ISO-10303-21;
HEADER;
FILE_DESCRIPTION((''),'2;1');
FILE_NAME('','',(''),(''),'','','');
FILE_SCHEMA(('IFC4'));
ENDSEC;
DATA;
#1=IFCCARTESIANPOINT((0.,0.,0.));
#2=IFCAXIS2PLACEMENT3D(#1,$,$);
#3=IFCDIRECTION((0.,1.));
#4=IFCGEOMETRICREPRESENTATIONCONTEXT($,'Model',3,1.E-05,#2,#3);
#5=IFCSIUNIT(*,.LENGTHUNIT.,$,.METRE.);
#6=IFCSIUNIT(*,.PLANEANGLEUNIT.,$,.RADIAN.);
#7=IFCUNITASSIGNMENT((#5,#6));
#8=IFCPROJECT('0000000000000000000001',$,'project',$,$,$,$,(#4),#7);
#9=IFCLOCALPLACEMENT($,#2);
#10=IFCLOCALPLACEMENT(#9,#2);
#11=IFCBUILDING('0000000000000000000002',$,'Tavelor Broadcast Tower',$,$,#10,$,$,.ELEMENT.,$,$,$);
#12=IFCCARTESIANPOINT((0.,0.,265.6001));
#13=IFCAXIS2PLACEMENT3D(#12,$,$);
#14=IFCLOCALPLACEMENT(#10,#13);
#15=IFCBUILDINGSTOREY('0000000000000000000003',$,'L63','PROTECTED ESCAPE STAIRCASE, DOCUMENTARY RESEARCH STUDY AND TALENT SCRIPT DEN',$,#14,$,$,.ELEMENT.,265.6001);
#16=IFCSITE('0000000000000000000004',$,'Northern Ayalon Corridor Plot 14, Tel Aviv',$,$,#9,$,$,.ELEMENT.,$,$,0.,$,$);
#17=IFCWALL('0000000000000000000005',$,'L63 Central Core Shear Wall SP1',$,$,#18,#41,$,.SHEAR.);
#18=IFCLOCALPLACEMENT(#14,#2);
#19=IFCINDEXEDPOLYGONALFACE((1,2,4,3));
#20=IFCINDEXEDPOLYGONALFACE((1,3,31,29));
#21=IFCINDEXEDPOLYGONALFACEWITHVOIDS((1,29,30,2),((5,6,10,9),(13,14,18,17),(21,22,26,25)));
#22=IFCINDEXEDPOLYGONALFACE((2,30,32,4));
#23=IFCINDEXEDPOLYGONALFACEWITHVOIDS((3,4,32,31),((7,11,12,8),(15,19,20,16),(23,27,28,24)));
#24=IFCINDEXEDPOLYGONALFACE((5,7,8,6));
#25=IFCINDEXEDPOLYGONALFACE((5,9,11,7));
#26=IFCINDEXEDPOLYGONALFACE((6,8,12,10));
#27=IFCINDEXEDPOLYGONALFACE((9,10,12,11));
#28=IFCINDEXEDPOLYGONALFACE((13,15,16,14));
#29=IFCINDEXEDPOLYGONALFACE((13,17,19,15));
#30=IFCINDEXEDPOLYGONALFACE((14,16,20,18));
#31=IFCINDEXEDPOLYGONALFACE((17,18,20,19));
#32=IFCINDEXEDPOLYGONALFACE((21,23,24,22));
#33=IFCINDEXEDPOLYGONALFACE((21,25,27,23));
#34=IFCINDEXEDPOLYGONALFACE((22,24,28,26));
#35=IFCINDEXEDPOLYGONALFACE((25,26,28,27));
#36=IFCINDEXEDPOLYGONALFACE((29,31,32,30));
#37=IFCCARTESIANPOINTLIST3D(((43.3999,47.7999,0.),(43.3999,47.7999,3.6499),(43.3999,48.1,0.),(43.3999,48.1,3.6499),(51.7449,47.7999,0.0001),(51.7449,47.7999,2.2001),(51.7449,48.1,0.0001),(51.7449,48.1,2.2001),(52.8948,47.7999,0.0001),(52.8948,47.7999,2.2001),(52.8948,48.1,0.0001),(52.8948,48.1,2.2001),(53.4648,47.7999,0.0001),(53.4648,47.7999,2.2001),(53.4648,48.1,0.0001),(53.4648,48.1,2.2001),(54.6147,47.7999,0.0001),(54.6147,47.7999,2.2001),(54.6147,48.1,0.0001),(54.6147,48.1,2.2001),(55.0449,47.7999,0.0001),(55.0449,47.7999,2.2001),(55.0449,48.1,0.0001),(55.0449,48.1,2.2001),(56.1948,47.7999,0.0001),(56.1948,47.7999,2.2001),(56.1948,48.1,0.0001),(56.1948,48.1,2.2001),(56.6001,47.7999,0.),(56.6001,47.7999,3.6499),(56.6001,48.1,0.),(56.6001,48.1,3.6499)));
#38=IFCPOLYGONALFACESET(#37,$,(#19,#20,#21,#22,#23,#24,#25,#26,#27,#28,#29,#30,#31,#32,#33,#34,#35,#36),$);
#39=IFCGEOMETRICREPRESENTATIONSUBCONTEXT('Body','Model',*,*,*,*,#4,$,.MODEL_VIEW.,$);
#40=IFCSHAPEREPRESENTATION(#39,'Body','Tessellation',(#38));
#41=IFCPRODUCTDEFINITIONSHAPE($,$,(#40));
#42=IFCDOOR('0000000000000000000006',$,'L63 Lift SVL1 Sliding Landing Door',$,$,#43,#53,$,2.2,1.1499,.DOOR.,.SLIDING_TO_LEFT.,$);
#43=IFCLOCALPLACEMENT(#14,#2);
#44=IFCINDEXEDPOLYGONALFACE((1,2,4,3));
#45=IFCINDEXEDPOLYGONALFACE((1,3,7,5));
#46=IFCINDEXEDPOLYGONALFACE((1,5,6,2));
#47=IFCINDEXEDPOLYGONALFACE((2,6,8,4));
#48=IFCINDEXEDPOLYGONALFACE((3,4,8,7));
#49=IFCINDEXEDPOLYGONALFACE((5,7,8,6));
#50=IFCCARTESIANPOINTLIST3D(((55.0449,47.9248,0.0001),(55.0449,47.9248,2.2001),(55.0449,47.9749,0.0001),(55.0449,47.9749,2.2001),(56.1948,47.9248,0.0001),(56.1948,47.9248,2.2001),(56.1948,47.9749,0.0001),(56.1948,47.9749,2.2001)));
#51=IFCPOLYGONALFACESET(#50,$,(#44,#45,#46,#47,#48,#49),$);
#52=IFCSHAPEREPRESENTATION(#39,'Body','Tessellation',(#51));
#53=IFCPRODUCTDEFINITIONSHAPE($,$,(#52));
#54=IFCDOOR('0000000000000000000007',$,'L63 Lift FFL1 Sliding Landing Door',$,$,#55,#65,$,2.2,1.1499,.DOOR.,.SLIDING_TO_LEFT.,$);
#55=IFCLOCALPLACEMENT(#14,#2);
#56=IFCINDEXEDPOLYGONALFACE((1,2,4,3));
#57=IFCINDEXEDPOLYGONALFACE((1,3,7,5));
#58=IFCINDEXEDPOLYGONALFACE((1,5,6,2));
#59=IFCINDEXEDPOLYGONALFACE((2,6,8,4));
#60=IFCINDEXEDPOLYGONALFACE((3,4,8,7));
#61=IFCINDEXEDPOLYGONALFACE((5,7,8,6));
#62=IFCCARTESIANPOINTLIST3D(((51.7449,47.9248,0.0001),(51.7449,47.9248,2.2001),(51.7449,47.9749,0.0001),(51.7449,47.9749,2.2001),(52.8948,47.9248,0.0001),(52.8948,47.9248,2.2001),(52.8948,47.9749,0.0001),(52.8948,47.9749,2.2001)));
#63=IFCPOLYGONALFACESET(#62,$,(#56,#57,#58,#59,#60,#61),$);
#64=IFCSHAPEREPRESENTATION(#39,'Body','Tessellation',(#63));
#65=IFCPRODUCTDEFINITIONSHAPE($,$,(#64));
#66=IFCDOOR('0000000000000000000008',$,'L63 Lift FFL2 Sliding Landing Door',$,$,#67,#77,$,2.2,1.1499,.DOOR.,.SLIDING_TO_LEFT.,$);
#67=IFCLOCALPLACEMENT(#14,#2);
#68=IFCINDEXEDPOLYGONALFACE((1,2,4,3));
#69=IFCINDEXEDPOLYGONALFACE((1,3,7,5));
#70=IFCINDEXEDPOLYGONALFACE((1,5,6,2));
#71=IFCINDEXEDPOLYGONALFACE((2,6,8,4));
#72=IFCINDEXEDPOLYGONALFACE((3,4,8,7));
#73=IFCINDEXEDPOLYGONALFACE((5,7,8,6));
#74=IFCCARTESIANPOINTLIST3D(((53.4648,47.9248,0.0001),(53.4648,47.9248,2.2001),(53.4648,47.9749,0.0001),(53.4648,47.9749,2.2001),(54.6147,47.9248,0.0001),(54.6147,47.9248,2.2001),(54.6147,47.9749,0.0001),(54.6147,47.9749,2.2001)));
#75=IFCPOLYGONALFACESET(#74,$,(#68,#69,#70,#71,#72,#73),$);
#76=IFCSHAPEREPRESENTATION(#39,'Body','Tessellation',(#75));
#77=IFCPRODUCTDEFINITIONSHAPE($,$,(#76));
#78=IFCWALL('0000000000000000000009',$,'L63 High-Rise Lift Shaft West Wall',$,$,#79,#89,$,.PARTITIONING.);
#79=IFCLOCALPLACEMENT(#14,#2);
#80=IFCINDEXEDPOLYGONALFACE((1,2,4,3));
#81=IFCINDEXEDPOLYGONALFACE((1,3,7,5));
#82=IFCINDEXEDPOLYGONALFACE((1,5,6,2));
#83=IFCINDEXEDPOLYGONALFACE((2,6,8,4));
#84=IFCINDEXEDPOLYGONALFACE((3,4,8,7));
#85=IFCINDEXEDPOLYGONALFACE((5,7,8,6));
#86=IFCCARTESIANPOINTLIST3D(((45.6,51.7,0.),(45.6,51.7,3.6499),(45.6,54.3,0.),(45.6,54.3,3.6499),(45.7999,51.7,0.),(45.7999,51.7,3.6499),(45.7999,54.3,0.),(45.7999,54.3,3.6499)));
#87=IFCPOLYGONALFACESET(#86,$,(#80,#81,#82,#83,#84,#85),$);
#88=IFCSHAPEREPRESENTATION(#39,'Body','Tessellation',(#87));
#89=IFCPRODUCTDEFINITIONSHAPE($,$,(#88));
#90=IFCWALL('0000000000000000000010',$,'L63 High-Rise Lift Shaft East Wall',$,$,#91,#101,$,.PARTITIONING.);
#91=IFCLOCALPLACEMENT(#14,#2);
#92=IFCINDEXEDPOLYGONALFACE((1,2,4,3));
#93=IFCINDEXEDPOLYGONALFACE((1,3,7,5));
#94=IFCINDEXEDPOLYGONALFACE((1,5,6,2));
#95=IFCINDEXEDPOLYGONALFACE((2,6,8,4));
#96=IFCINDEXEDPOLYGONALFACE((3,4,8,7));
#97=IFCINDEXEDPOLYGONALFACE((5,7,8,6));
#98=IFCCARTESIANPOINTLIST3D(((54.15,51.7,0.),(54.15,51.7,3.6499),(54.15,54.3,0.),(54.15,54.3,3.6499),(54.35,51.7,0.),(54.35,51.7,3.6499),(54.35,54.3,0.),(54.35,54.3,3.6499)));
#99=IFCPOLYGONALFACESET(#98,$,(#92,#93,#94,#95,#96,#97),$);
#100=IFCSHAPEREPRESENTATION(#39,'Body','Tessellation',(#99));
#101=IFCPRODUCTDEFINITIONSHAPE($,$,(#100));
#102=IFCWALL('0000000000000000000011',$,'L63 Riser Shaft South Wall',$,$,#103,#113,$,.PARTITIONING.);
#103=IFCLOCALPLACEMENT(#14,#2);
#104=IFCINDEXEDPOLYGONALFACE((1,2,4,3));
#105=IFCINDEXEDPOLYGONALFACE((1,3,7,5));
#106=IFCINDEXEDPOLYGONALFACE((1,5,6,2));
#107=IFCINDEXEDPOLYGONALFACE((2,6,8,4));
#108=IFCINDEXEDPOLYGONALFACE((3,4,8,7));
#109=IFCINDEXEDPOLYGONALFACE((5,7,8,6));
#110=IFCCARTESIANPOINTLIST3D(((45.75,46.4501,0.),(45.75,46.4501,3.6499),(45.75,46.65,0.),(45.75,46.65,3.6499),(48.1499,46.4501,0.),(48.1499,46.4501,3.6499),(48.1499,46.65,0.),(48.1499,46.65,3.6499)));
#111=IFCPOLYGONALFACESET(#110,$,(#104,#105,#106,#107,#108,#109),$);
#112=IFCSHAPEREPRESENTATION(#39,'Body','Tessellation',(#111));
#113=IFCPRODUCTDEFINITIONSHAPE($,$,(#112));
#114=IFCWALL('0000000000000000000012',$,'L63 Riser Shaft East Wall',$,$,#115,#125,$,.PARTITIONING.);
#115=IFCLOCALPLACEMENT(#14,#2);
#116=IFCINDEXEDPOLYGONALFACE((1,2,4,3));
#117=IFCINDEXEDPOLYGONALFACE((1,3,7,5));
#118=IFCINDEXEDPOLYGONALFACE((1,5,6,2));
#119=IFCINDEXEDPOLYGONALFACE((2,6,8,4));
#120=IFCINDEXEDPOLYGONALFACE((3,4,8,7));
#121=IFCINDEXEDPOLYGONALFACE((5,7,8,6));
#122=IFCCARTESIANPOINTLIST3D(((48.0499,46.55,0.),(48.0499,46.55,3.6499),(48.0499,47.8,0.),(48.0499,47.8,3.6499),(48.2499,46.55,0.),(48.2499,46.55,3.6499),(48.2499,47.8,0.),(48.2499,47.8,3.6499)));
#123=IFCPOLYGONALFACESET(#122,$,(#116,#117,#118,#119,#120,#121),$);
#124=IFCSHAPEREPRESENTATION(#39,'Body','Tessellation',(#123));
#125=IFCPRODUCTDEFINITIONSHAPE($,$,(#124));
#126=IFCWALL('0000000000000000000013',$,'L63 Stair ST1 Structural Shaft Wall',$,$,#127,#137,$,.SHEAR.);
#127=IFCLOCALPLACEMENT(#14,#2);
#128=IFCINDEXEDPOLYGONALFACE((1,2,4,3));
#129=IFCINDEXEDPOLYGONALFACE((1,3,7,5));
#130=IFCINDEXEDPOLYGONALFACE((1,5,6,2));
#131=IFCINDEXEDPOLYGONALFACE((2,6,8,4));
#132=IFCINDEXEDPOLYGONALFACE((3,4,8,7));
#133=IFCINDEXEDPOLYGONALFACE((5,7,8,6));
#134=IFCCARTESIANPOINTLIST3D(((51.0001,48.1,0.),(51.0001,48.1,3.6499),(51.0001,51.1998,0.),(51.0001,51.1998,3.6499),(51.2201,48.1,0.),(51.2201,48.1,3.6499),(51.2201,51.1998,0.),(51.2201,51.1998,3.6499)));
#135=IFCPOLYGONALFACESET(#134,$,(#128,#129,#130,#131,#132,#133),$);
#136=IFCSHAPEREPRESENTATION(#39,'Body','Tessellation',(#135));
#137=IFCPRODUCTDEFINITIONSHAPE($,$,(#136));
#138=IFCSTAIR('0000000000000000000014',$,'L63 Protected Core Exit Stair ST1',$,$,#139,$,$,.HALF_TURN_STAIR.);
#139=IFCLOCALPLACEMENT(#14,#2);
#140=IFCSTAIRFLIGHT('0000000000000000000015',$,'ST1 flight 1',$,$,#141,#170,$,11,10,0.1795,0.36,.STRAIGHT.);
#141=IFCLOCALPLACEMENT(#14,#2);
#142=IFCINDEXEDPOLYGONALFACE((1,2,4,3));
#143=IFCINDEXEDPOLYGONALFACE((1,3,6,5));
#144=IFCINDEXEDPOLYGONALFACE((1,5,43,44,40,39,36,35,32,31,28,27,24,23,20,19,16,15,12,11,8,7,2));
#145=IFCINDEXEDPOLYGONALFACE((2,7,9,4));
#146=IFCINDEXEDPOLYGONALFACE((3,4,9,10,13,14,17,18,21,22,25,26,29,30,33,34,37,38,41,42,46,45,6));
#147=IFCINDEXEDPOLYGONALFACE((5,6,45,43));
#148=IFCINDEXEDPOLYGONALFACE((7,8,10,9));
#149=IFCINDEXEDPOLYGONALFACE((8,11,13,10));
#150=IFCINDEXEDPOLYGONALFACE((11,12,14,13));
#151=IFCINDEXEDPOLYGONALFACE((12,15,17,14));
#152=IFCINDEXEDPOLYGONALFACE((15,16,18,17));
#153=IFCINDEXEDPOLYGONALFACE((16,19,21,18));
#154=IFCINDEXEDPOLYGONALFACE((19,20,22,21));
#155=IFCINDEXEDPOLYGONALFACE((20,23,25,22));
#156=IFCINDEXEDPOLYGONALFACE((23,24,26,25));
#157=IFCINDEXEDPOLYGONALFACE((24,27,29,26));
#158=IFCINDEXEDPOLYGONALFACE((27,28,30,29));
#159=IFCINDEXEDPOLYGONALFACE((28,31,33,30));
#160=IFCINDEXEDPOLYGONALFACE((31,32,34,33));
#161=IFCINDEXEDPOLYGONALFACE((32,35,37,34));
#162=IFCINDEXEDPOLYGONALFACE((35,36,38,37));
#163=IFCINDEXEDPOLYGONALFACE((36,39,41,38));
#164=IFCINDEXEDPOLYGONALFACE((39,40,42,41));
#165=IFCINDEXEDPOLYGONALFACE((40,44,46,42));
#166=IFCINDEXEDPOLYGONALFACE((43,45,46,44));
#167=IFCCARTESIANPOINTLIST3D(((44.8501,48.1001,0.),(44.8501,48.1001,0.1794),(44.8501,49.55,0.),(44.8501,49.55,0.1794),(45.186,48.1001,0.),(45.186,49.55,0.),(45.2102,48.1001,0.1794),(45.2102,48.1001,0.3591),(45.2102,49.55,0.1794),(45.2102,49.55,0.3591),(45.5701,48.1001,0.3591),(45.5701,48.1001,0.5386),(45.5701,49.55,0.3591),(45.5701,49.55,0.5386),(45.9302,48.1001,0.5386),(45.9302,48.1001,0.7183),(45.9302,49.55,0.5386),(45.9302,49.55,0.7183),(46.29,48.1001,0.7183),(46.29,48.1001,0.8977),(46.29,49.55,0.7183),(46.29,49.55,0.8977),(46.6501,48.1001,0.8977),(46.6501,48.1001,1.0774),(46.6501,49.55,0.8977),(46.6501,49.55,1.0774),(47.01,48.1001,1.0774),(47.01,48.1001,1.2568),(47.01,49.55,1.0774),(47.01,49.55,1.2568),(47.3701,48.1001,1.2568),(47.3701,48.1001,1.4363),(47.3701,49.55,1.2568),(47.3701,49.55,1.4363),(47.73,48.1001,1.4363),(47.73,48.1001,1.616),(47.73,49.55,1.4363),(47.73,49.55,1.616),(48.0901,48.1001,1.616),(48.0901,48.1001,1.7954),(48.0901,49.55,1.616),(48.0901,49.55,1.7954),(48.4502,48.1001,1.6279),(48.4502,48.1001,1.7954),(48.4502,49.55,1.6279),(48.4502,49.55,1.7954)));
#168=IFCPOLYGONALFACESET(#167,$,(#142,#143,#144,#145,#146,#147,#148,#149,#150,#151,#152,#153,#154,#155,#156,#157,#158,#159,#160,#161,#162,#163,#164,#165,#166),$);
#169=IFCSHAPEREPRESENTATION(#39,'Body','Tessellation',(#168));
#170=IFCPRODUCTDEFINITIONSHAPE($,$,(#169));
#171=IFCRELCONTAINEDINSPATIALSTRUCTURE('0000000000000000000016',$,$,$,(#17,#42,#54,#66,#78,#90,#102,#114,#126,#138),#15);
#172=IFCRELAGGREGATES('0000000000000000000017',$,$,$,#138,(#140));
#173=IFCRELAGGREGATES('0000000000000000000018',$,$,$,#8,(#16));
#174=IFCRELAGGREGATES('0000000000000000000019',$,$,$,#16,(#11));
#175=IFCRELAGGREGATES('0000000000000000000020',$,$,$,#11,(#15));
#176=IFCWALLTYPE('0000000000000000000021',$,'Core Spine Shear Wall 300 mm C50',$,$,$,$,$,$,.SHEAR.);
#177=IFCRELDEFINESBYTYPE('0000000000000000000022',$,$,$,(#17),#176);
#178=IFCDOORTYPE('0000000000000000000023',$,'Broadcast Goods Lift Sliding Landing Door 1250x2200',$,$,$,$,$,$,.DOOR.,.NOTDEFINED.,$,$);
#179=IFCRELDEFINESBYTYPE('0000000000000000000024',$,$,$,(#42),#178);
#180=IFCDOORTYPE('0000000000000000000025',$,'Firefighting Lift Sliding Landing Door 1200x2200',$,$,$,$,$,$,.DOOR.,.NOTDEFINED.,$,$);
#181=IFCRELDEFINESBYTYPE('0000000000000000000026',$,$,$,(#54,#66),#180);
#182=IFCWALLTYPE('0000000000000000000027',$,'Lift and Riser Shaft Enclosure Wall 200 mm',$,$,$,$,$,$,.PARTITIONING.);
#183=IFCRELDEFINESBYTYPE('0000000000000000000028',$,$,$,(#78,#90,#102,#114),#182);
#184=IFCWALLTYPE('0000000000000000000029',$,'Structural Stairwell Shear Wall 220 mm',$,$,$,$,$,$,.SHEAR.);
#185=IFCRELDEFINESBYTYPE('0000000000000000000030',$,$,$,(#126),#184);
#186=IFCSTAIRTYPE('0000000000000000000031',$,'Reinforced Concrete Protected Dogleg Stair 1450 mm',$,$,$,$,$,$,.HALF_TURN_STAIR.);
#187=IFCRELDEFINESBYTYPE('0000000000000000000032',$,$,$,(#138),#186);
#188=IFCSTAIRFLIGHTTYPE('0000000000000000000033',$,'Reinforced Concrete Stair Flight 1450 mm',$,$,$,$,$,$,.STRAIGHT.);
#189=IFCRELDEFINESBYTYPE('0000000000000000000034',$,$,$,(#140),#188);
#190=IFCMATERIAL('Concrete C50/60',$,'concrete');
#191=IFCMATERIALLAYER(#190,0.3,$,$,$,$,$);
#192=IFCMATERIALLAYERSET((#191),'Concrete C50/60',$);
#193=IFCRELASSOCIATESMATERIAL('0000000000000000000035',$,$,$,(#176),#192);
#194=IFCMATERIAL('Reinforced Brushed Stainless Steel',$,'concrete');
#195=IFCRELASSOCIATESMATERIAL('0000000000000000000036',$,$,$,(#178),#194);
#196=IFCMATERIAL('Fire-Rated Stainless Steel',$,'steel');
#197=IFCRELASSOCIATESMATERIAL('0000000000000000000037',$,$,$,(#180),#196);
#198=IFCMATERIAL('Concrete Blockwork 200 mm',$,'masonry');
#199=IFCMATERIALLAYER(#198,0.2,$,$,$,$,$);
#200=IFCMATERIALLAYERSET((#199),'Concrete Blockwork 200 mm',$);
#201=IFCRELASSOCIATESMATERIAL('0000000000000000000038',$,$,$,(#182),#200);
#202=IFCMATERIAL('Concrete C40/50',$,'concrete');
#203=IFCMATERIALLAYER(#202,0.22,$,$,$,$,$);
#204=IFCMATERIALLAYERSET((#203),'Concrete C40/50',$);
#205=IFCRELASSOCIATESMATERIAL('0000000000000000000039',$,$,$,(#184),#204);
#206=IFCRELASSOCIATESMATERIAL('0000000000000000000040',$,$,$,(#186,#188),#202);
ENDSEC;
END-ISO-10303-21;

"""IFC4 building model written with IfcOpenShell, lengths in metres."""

from ifc_helpers import new_model, si_unit, direction, frame, frame_2d, origin, place, context, subcontext, project, spatial, polyline, rectangle, outline, extrude, material, layer, layer_set, type_object, element, fill, aggregate, save


model = new_model("IFC4")

# Units and contexts
model_context = context("Model", 3, precision=1e-05, world=origin(), true_north=direction((0.0, 1.0)))
body_context = subcontext(model_context, "Body", "Model", "MODEL_VIEW")
ifc_project = project(units=[si_unit("LENGTHUNIT", "METRE"), si_unit("PLANEANGLEUNIT", "RADIAN")], contexts=[model_context])

# Site, building, storey
site_placement = place(None, origin())
site = spatial("IfcSite", under=ifc_project, at=site_placement, Name="Northern Ayalon Corridor Plot 14, Tel Aviv", CompositionType="ELEMENT", RefElevation=0.0)
building_placement = place(site_placement, origin())
building = spatial("IfcBuilding", under=site, at=building_placement, Name="Tavelor Broadcast Tower", CompositionType="ELEMENT")
storey_placement = place(building_placement, frame((0.0, 0.0, 265.6001)))
storey = spatial("IfcBuildingStorey", under=building, at=storey_placement, Name="L63", Description="PROTECTED ESCAPE STAIRCASE, DOCUMENTARY RESEARCH STUDY AND TALENT SCRIPT DEN", CompositionType="ELEMENT", Elevation=265.6001)

# Shared definitions
ifc_material_1 = material(Name="Concrete C40/50", Category="concrete")

# Wall, openings, doors
ifc_material_2 = material(Name="Concrete C50/60", Category="concrete")
ifc_layer_1 = layer(ifc_material_2, 0.3)
ifc_layer_set_1 = layer_set([ifc_layer_1], Name="Concrete C50/60")
wall_type_1 = type_object("IfcWallType", Name="Core Spine Shear Wall 300 mm C50", PredefinedType="SHEAR", material=ifc_layer_set_1)
wall_1_placement = place(storey_placement, frame((43.3999, 47.95, 0.0), z_axis=(0.0, 0.0, 1.0), x_axis=(1.0, 0.0, 0.0)))
wall_1 = element("IfcWall", 1, at=wall_1_placement, inside=storey, type_object=wall_type_1, Name="L63 Central Core Shear Wall SP1", PredefinedType="SHEAR", context=body_context, shape_type="SweptSolid", body=[
    extrude(rectangle(XDim=13.2002, YDim=0.3, at=frame_2d((6.6001, 0.0))), origin(), (0.0, 0.0, 1.0), 3.6499),
])
opening_1_placement = place(wall_1_placement, frame((8.345, 0.0, 0.0)))
opening_1 = element("IfcOpeningElement", 2, at=opening_1_placement, cuts=wall_1, PredefinedType="OPENING", context=body_context, shape_type="SweptSolid", body=[
    extrude(rectangle(XDim=1.1499, YDim=2.2, at=frame_2d((0.575, 1.1001))), frame((0.0, 0.1602, 0.0), z_axis=(0.0, -1.0, 0.0), x_axis=(1.0, 0.0, 0.0)), (0.0, 0.0, 1.0), 0.3201),
])
opening_2_placement = place(wall_1_placement, frame((10.0649, 0.0, 0.0)))
opening_2 = element("IfcOpeningElement", 3, at=opening_2_placement, cuts=wall_1, PredefinedType="OPENING", context=body_context, shape_type="SweptSolid", body=[
    extrude(rectangle(XDim=1.1499, YDim=2.2, at=frame_2d((0.575, 1.1001))), frame((0.0, 0.1602, 0.0), z_axis=(0.0, -1.0, 0.0), x_axis=(1.0, 0.0, 0.0)), (0.0, 0.0, 1.0), 0.3201),
])
opening_3_placement = place(wall_1_placement, frame((11.645, 0.0, 0.0)))
opening_3 = element("IfcOpeningElement", 4, at=opening_3_placement, cuts=wall_1, PredefinedType="OPENING", context=body_context, shape_type="SweptSolid", body=[
    extrude(rectangle(XDim=1.1499, YDim=2.2, at=frame_2d((0.575, 1.1001))), frame((0.0, 0.1602, 0.0), z_axis=(0.0, -1.0, 0.0), x_axis=(1.0, 0.0, 0.0)), (0.0, 0.0, 1.0), 0.3201),
])
ifc_material_3 = material(Name="Reinforced Brushed Stainless Steel", Category="concrete")
door_type_1 = type_object("IfcDoorType", Name="Broadcast Goods Lift Sliding Landing Door 1250x2200", OperationType="NOTDEFINED", PredefinedType="DOOR", material=ifc_material_3)
door_1_placement = place(opening_3_placement, origin())
door_1 = element("IfcDoor", 5, at=door_1_placement, inside=storey, type_object=door_type_1, Name="L63 Lift SVL1 Sliding Landing Door", OperationType="SLIDING_TO_LEFT", OverallHeight=2.2, OverallWidth=1.1499, PredefinedType="DOOR", context=body_context, shape_type="SweptSolid", body=[
    extrude(rectangle(XDim=1.1499, YDim=2.2, at=frame_2d((0.575, 1.1001))), frame((0.0, 0.0249, 0.0), z_axis=(0.0, -1.0, 0.0), x_axis=(1.0, 0.0, 0.0)), (0.0, 0.0, 1.0), 0.05),
])
fill(opening_3, door_1)
ifc_material_4 = material(Name="Fire-Rated Stainless Steel", Category="steel")
door_type_2 = type_object("IfcDoorType", Name="Firefighting Lift Sliding Landing Door 1200x2200", OperationType="NOTDEFINED", PredefinedType="DOOR", material=ifc_material_4)
door_2_placement = place(opening_1_placement, origin())
door_2 = element("IfcDoor", 6, at=door_2_placement, inside=storey, type_object=door_type_2, Name="L63 Lift FFL1 Sliding Landing Door", OperationType="SLIDING_TO_LEFT", OverallHeight=2.2, OverallWidth=1.1499, PredefinedType="DOOR", context=body_context, shape_type="SweptSolid", body=[
    extrude(rectangle(XDim=1.1499, YDim=2.2, at=frame_2d((0.575, 1.1001))), frame((0.0, 0.0249, 0.0), z_axis=(0.0, -1.0, 0.0), x_axis=(1.0, 0.0, 0.0)), (0.0, 0.0, 1.0), 0.05),
])
fill(opening_1, door_2)
door_3_placement = place(opening_2_placement, origin())
door_3 = element("IfcDoor", 7, at=door_3_placement, inside=storey, type_object=door_type_2, Name="L63 Lift FFL2 Sliding Landing Door", OperationType="SLIDING_TO_LEFT", OverallHeight=2.2, OverallWidth=1.1499, PredefinedType="DOOR", context=body_context, shape_type="SweptSolid", body=[
    extrude(rectangle(XDim=1.1499, YDim=2.2, at=frame_2d((0.575, 1.1001))), frame((0.0, 0.0249, 0.0), z_axis=(0.0, -1.0, 0.0), x_axis=(1.0, 0.0, 0.0)), (0.0, 0.0, 1.0), 0.05),
])
fill(opening_2, door_3)

# Walls
ifc_material_5 = material(Name="Concrete Blockwork 200 mm", Category="masonry")
ifc_layer_2 = layer(ifc_material_5, 0.2)
ifc_layer_set_2 = layer_set([ifc_layer_2], Name="Concrete Blockwork 200 mm")
wall_type_2 = type_object("IfcWallType", Name="Lift and Riser Shaft Enclosure Wall 200 mm", PredefinedType="PARTITIONING", material=ifc_layer_set_2)
for number, where, z_axis, x_axis, name in (
    (8, (45.7, 51.7, 0.0), (0.0, 0.0, 1.0), (0.0, 1.0, 0.0), "L63 High-Rise Lift Shaft West Wall"),
    (9, (54.25, 51.7, 0.0), (0.0, 0.0, 1.0), (0.0, 1.0, 0.0), "L63 High-Rise Lift Shaft East Wall"),
):
    element("IfcWall", number, at=place(storey_placement, frame(where, z_axis=z_axis, x_axis=x_axis)), inside=storey, type_object=wall_type_2, Name=name, PredefinedType="PARTITIONING", context=body_context, shape_type="SweptSolid", body=[
        extrude(rectangle(XDim=2.6001, YDim=0.2, at=frame_2d((1.3, 0.0))), origin(), (0.0, 0.0, 1.0), 3.6499),
    ])
wall_2_placement = place(storey_placement, frame((45.75, 46.55, 0.0), z_axis=(0.0, 0.0, 1.0), x_axis=(1.0, 0.0, 0.0)))
element("IfcWall", 10, at=wall_2_placement, inside=storey, type_object=wall_type_2, Name="L63 Riser Shaft South Wall", PredefinedType="PARTITIONING", context=body_context, shape_type="SweptSolid", body=[
    extrude(rectangle(XDim=2.3999, YDim=0.2, at=frame_2d((1.2, 0.0))), origin(), (0.0, 0.0, 1.0), 3.6499),
])
wall_3_placement = place(storey_placement, frame((48.1499, 46.55, 0.0), z_axis=(0.0, 0.0, 1.0), x_axis=(0.0, 1.0, 0.0)))
element("IfcWall", 11, at=wall_3_placement, inside=storey, type_object=wall_type_2, Name="L63 Riser Shaft East Wall", PredefinedType="PARTITIONING", context=body_context, shape_type="SweptSolid", body=[
    extrude(rectangle(XDim=1.25, YDim=0.2, at=frame_2d((0.625, 0.0))), origin(), (0.0, 0.0, 1.0), 3.6499),
])
ifc_layer_3 = layer(ifc_material_1, 0.22)
ifc_layer_set_3 = layer_set([ifc_layer_3], Name="Concrete C40/50")
wall_type_3 = type_object("IfcWallType", Name="Structural Stairwell Shear Wall 220 mm", PredefinedType="SHEAR", material=ifc_layer_set_3)
wall_4_placement = place(storey_placement, frame((51.1101, 48.1001, 0.0), z_axis=(0.0, 0.0, 1.0), x_axis=(0.0, 1.0, 0.0)))
element("IfcWall", 12, at=wall_4_placement, inside=storey, type_object=wall_type_3, Name="L63 Stair ST1 Structural Shaft Wall", PredefinedType="SHEAR", context=body_context, shape_type="SweptSolid", body=[
    extrude(rectangle(XDim=3.0999, YDim=0.22, at=frame_2d((1.5498, 0.0))), origin(), (0.0, 0.0, 1.0), 3.6499),
])

# Stair, stair flight
stair_type = type_object("IfcStairType", Name="Reinforced Concrete Protected Dogleg Stair 1450 mm", PredefinedType="HALF_TURN_STAIR", material=ifc_material_1)
stair_placement = place(storey_placement, origin())
stair = element("IfcStair", 13, at=stair_placement, inside=storey, type_object=stair_type, Name="L63 Protected Core Exit Stair ST1", PredefinedType="HALF_TURN_STAIR")
stair_flight_type = type_object("IfcStairFlightType", Name="Reinforced Concrete Stair Flight 1450 mm", PredefinedType="STRAIGHT", material=ifc_material_1)
stair_flight_1_placement = place(storey_placement, frame((44.8501, 48.825, 0.0), z_axis=(0.0, 0.0, 1.0), x_axis=(1.0, 0.0, 0.0)))
stair_flight_1 = element("IfcStairFlight", 14, at=stair_flight_1_placement, type_object=stair_flight_type, Name="ST1 flight 1", NumberOfRisers=11, NumberOfTreads=10, PredefinedType="STRAIGHT", RiserHeight=0.1795, TreadLength=0.36, context=body_context, shape_type="SweptSolid", body=[
    extrude(outline(polyline([(0.0, 0.0), (0.0, 0.1794), (0.3601, 0.1794), (0.3601, 0.3591), (0.72, 0.3591), (0.72, 0.5386), (1.0801, 0.5386), (1.0801, 0.7183), (1.4399, 0.7183), (1.4399, 0.8977), (1.8, 0.8977), (1.8, 1.0774), (2.1599, 1.0774), (2.1599, 1.2568), (2.52, 1.2568), (2.52, 1.4363), (2.8799, 1.4363), (2.8799, 1.616), (3.24, 1.616), (3.24, 1.7954), (3.6001, 1.7954), (3.6001, 1.9751), (3.6001, 1.6279), (0.3359, 0.0), (0.0, 0.0)])), frame((0.0, 0.7251, 0.0), z_axis=(0.0, -1.0, 0.0), x_axis=(1.0, 0.0, 0.0)), (0.0, 0.0, 1.0), 1.45),
])
aggregate(stair, [stair_flight_1])

save(model, "model.ifc")
